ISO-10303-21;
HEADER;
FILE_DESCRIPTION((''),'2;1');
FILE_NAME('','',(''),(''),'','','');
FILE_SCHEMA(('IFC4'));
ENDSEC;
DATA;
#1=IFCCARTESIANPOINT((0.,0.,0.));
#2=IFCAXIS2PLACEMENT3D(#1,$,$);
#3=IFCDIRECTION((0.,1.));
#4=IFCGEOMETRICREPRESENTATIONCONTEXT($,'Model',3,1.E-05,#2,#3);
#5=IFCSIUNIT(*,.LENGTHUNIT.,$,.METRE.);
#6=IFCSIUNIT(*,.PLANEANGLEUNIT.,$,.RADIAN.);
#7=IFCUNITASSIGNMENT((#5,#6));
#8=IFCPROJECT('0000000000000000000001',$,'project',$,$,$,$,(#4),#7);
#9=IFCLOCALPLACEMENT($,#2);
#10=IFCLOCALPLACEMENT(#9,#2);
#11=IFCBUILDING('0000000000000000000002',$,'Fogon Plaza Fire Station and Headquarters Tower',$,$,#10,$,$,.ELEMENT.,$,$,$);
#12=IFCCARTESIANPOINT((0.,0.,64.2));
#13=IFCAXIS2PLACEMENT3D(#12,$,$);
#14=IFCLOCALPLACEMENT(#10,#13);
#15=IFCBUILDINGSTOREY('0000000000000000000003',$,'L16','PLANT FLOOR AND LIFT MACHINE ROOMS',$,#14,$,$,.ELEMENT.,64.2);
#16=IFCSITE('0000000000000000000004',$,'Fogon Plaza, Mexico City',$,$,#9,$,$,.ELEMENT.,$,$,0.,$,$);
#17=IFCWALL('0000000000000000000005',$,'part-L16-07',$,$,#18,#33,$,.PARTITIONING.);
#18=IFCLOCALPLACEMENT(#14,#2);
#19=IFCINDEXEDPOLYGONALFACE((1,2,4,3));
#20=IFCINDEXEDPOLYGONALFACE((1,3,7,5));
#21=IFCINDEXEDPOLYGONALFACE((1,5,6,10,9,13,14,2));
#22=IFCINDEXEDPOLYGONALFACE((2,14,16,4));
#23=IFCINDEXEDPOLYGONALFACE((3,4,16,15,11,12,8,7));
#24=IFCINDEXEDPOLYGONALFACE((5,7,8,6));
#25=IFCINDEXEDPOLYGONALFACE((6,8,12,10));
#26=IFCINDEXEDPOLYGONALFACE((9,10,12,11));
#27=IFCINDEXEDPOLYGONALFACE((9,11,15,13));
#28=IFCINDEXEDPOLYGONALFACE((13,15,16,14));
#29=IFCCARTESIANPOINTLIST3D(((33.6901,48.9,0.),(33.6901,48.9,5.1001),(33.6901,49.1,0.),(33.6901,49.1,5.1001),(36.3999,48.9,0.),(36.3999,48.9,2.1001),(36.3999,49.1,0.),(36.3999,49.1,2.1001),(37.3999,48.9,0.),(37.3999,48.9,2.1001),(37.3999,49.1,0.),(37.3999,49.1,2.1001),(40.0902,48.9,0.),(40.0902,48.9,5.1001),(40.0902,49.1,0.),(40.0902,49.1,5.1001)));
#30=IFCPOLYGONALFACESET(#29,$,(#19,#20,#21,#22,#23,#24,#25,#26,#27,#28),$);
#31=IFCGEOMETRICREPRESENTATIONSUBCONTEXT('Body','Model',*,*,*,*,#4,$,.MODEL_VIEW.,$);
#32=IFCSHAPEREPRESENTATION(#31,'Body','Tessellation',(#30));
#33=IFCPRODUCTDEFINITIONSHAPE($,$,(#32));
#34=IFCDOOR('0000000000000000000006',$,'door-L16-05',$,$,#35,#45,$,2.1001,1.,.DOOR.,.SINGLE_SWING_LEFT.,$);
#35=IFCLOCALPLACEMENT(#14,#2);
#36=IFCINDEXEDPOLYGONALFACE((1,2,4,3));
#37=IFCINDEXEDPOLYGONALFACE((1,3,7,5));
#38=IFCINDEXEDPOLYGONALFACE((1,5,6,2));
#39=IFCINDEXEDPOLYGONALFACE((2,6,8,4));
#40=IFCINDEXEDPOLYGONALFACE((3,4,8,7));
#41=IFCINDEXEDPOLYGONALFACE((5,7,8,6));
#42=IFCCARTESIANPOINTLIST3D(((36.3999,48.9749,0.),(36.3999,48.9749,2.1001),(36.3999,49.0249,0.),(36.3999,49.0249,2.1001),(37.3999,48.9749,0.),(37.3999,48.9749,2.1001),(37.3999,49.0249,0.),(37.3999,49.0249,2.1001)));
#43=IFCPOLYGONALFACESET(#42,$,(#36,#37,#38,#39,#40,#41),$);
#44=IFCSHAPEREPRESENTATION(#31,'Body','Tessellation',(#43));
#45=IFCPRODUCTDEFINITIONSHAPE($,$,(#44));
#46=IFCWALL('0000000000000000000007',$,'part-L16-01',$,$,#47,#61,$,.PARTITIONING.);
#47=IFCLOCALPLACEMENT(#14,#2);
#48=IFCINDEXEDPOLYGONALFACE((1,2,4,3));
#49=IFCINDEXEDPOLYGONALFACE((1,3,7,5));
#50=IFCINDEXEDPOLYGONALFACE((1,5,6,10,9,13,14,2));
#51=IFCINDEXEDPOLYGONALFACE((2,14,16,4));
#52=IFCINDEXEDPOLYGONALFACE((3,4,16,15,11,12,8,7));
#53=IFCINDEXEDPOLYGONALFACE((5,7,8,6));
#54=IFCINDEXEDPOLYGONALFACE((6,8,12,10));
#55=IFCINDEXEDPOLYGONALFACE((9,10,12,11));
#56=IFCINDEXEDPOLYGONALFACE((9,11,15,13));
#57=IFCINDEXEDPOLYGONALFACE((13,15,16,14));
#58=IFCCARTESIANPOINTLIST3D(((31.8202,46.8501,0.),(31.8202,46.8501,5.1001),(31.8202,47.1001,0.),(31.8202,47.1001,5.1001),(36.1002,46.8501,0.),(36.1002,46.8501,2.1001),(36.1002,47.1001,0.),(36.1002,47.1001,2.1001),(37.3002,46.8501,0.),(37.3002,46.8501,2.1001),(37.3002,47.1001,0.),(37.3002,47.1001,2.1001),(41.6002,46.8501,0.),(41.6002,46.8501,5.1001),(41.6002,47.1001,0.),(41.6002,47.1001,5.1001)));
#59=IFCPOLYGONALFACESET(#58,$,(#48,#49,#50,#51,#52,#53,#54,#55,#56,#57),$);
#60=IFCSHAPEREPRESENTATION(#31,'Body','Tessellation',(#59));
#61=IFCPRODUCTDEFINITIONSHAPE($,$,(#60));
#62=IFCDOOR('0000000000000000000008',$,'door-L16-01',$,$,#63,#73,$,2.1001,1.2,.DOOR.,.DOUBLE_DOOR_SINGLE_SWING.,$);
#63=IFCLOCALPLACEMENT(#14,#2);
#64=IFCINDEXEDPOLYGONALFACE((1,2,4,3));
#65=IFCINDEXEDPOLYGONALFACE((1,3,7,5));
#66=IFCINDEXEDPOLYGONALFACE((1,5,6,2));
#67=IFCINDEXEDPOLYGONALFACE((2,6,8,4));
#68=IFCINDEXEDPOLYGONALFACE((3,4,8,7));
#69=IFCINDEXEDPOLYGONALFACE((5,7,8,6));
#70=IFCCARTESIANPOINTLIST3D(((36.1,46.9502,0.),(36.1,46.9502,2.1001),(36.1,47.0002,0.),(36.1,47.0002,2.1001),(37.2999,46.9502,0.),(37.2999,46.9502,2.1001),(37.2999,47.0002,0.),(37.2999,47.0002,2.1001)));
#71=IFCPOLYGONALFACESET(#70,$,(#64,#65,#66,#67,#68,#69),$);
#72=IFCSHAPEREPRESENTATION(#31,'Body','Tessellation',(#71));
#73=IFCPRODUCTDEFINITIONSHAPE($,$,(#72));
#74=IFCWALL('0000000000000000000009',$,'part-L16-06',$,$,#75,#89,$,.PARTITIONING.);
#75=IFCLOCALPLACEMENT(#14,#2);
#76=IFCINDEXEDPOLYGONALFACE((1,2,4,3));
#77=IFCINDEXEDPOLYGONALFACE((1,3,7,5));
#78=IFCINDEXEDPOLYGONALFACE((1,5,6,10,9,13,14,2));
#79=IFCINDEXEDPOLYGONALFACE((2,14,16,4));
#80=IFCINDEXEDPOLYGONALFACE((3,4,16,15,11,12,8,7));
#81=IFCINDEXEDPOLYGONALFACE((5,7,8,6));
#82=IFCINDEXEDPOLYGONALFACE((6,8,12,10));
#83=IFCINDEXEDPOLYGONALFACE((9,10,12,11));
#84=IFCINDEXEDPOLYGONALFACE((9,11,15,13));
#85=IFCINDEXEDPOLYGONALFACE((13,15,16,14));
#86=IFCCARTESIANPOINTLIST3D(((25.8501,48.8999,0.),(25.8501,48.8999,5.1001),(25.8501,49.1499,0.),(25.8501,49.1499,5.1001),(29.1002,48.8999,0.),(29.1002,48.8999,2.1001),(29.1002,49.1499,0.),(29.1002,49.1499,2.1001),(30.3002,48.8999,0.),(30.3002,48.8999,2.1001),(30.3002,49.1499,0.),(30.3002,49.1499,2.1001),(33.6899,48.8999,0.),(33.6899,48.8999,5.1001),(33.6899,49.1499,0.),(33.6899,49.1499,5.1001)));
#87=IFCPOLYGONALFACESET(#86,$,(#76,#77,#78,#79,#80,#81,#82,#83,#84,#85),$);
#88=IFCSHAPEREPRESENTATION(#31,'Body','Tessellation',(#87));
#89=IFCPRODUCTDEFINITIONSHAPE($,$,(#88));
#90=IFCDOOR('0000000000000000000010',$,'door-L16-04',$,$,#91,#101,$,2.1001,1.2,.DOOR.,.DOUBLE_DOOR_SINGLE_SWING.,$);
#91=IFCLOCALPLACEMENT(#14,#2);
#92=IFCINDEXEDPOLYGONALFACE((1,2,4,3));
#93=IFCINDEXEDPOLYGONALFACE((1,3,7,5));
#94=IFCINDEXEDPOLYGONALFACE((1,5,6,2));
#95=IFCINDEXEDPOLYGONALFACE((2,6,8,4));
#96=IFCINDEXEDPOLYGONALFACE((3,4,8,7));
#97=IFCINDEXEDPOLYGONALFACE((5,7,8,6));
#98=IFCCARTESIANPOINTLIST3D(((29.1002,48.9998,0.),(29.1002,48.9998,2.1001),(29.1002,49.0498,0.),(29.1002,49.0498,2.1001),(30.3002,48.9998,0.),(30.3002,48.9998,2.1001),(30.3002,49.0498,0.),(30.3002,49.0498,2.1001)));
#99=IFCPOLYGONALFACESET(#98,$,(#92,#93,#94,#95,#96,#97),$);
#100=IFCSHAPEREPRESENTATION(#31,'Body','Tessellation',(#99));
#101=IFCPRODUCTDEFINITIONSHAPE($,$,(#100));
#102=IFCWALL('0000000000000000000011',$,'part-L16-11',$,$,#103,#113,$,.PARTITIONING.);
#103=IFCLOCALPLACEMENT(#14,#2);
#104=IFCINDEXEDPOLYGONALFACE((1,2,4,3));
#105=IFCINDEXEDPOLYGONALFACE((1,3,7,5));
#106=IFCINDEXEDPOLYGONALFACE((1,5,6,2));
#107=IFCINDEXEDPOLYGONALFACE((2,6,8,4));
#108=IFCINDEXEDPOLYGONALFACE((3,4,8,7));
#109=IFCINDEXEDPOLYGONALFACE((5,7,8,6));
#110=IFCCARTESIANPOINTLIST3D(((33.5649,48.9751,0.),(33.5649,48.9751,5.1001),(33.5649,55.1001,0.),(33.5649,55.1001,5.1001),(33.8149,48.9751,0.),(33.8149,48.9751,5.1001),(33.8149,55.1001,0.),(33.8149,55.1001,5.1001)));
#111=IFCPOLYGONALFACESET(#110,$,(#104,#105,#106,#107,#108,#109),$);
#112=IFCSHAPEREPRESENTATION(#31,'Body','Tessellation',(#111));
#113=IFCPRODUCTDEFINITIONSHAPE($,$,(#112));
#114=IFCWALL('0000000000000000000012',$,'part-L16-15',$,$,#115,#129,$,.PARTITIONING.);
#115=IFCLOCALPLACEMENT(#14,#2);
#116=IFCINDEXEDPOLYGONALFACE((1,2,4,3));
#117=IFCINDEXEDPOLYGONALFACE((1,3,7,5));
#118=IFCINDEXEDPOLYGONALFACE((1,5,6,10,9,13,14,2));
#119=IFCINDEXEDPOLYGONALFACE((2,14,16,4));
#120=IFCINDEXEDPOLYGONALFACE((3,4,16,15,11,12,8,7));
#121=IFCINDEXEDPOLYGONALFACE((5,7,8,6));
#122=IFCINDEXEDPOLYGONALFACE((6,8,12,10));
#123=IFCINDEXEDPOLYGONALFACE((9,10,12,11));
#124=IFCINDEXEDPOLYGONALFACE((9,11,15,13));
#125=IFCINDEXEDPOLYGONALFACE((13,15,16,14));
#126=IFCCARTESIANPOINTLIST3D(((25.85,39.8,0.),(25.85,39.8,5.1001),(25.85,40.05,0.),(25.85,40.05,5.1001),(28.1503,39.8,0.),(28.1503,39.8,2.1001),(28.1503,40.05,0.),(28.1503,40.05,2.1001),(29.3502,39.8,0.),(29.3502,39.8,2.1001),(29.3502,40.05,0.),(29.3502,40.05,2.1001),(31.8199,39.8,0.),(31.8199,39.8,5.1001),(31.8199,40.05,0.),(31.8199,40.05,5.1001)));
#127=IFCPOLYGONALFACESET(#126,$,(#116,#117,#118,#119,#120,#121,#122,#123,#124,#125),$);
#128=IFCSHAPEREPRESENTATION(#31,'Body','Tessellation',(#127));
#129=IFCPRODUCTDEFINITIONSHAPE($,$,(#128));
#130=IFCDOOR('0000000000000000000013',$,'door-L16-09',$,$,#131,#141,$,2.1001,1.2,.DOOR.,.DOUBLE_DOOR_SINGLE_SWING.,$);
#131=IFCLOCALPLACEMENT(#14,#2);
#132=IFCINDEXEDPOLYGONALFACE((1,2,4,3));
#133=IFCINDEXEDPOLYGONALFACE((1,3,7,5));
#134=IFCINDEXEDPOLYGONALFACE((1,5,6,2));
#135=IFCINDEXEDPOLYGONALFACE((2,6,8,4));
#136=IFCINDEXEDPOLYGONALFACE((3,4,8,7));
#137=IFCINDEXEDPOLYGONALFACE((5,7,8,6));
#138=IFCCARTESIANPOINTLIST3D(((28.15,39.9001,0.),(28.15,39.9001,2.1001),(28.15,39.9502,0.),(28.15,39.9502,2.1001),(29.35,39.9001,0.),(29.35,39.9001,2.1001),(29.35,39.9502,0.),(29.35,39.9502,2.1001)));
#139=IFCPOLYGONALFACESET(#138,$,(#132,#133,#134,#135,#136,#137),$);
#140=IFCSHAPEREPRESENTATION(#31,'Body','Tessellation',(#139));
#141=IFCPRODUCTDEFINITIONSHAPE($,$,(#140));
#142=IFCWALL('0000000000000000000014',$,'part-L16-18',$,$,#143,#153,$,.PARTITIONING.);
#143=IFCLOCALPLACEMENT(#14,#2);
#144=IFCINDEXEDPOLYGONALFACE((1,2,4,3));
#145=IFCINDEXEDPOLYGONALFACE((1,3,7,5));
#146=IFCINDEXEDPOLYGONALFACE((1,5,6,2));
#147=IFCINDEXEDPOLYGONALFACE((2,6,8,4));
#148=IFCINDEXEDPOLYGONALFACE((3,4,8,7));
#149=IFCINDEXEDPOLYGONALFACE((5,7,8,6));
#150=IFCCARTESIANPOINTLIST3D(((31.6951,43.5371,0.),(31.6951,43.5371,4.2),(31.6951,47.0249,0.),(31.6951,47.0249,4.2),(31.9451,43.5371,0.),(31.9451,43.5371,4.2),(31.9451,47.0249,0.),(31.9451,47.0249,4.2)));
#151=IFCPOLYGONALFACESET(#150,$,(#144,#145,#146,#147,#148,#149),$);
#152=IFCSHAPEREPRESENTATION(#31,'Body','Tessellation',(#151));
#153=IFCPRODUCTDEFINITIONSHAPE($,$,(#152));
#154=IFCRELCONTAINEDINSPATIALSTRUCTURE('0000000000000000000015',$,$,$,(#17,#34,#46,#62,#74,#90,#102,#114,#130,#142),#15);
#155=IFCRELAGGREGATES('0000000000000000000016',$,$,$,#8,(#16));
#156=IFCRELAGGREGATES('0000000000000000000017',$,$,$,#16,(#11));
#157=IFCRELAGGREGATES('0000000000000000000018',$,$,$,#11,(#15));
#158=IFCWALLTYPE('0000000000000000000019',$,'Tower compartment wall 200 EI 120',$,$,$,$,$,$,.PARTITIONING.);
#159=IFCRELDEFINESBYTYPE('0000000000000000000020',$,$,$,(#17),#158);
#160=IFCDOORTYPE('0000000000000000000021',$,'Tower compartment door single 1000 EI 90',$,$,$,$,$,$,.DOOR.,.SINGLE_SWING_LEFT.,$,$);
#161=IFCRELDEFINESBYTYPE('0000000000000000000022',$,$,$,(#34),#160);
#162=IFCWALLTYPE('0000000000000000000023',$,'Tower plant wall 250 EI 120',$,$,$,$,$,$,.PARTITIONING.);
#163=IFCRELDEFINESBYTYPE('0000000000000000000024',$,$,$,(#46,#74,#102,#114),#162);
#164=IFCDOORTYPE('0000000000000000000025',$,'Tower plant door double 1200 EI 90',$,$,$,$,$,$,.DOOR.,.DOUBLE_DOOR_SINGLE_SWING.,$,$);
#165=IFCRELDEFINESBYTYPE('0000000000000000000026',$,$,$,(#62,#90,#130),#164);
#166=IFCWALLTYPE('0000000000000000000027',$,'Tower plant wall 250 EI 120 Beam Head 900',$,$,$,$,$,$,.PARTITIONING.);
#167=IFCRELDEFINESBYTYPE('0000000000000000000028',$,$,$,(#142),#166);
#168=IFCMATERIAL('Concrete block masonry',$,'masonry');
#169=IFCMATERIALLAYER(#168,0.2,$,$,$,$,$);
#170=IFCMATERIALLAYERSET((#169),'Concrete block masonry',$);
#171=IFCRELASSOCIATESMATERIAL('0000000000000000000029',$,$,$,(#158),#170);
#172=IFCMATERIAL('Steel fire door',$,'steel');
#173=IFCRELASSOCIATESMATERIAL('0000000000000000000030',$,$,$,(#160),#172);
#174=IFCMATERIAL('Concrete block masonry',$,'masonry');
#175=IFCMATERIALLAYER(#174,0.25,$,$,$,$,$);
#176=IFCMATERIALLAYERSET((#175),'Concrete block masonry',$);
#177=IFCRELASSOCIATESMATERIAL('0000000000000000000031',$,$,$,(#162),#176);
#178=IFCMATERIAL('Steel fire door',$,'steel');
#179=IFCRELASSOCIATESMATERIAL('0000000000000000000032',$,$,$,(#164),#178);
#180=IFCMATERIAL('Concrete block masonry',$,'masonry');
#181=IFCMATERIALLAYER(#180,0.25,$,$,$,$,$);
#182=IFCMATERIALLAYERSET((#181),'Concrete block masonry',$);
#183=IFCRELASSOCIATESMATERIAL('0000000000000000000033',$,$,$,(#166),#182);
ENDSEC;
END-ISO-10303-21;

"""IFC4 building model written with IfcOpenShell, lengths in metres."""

from ifc_helpers import new_model, si_unit, direction, frame, frame_2d, origin, place, context, subcontext, project, spatial, rectangle, extrude, material, layer, layer_set, type_object, element, fill, save


model = new_model("IFC4")

# Units and contexts
model_context = context("Model", 3, precision=1e-05, world=origin(), true_north=direction((0.0, 1.0)))
body_context = subcontext(model_context, "Body", "Model", "MODEL_VIEW")
ifc_project = project(units=[si_unit("LENGTHUNIT", "METRE"), si_unit("PLANEANGLEUNIT", "RADIAN")], contexts=[model_context])

# Site, building, storey
site_placement = place(None, origin())
site = spatial("IfcSite", under=ifc_project, at=site_placement, Name="Fogon Plaza, Mexico City", CompositionType="ELEMENT", RefElevation=0.0)
building_placement = place(site_placement, origin())
building = spatial("IfcBuilding", under=site, at=building_placement, Name="Fogon Plaza Fire Station and Headquarters Tower", CompositionType="ELEMENT")
storey_placement = place(building_placement, frame((0.0, 0.0, 64.2)))
storey = spatial("IfcBuildingStorey", under=building, at=storey_placement, Name="L16", Description="PLANT FLOOR AND LIFT MACHINE ROOMS", CompositionType="ELEMENT", Elevation=64.2)

# Walls, openings, doors
ifc_material_1 = material(Name="Concrete block masonry", Category="masonry")
ifc_layer_1 = layer(ifc_material_1, 0.2)
ifc_layer_set_1 = layer_set([ifc_layer_1], Name="Concrete block masonry")
wall_type_1 = type_object("IfcWallType", Name="Tower compartment wall 200 EI 120", PredefinedType="PARTITIONING", material=ifc_layer_set_1)
wall_1_placement = place(storey_placement, frame((33.6899, 49.0, 0.0), z_axis=(0.0, 0.0, 1.0), x_axis=(1.0, 0.0, 0.0)))
wall_1 = element("IfcWall", 1, at=wall_1_placement, inside=storey, type_object=wall_type_1, Name="part-L16-07", PredefinedType="PARTITIONING", context=body_context, shape_type="SweptSolid", body=[
    extrude(rectangle(XDim=6.4001, YDim=0.2, at=frame_2d((3.2002, 0.0))), origin(), (0.0, 0.0, 1.0), 5.1001),
])
opening_1_placement = place(wall_1_placement, frame((2.71, 0.0, 0.0)))
opening_1 = element("IfcOpeningElement", 2, at=opening_1_placement, cuts=wall_1, PredefinedType="OPENING", context=body_context, shape_type="SweptSolid", body=[
    extrude(rectangle(XDim=1.0, YDim=2.1001, at=frame_2d((0.5, 1.05))), frame((0.0, 0.1099, 0.0), z_axis=(0.0, -1.0, 0.0), x_axis=(1.0, 0.0, 0.0)), (0.0, 0.0, 1.0), 0.22),
])
ifc_material_2 = material(Name="Steel fire door", Category="steel")
door_type_1 = type_object("IfcDoorType", Name="Tower compartment door single 1000 EI 90", OperationType="SINGLE_SWING_LEFT", PredefinedType="DOOR", material=ifc_material_2)
door_1_placement = place(opening_1_placement, origin())
door_1 = element("IfcDoor", 3, at=door_1_placement, inside=storey, type_object=door_type_1, Name="door-L16-05", OperationType="SINGLE_SWING_LEFT", OverallHeight=2.1001, OverallWidth=1.0, PredefinedType="DOOR", context=body_context, shape_type="SweptSolid", body=[
    extrude(rectangle(XDim=1.0, YDim=2.1001, at=frame_2d((0.5, 1.05))), frame((0.0, 0.0249, 0.0), z_axis=(0.0, -1.0, 0.0), x_axis=(1.0, 0.0, 0.0)), (0.0, 0.0, 1.0), 0.05),
])
fill(opening_1, door_1)
ifc_material_3 = material(Name="Concrete block masonry", Category="masonry")
ifc_layer_2 = layer(ifc_material_3, 0.25)
ifc_layer_set_2 = layer_set([ifc_layer_2], Name="Concrete block masonry")
wall_type_2 = type_object("IfcWallType", Name="Tower plant wall 250 EI 120", PredefinedType="PARTITIONING", material=ifc_layer_set_2)
wall_2_placement = place(storey_placement, frame((31.8201, 46.9751, 0.0), z_axis=(0.0, 0.0, 1.0), x_axis=(1.0, 0.0, 0.0)))
wall_2 = element("IfcWall", 4, at=wall_2_placement, inside=storey, type_object=wall_type_2, Name="part-L16-01", PredefinedType="PARTITIONING", context=body_context, shape_type="SweptSolid", body=[
    extrude(rectangle(XDim=9.78, YDim=0.25, at=frame_2d((4.8901, 0.0))), origin(), (0.0, 0.0, 1.0), 5.1001),
])
opening_2_placement = place(wall_2_placement, frame((4.28, 0.0, 0.0)))
opening_2 = element("IfcOpeningElement", 5, at=opening_2_placement, cuts=wall_2, PredefinedType="OPENING", context=body_context, shape_type="SweptSolid", body=[
    extrude(rectangle(XDim=1.2, YDim=2.1001, at=frame_2d((0.6001, 1.05))), frame((0.0, 0.135, 0.0), z_axis=(0.0, -1.0, 0.0), x_axis=(1.0, 0.0, 0.0)), (0.0, 0.0, 1.0), 0.27),
])
ifc_material_4 = material(Name="Steel fire door", Category="steel")
door_type_2 = type_object("IfcDoorType", Name="Tower plant door double 1200 EI 90", OperationType="DOUBLE_DOOR_SINGLE_SWING", PredefinedType="DOOR", material=ifc_material_4)
door_2_placement = place(opening_2_placement, frame((1.2, 0.0, 0.0), z_axis=(0.0, 0.0, 1.0), x_axis=(-1.0, 0.0, 0.0)))
door_2 = element("IfcDoor", 6, at=door_2_placement, inside=storey, type_object=door_type_2, Name="door-L16-01", OperationType="DOUBLE_DOOR_SINGLE_SWING", OverallHeight=2.1001, OverallWidth=1.2, PredefinedType="DOOR", context=body_context, shape_type="SweptSolid", body=[
    extrude(rectangle(XDim=1.2, YDim=2.1001, at=frame_2d((0.6001, 1.05))), frame((0.0, 0.0249, 0.0), z_axis=(0.0, -1.0, 0.0), x_axis=(1.0, 0.0, 0.0)), (0.0, 0.0, 1.0), 0.05),
])
fill(opening_2, door_2)
wall_3_placement = place(storey_placement, frame((25.8501, 49.0249, 0.0), z_axis=(0.0, 0.0, 1.0), x_axis=(1.0, 0.0, 0.0)))
wall_3 = element("IfcWall", 7, at=wall_3_placement, inside=storey, type_object=wall_type_2, Name="part-L16-06", PredefinedType="PARTITIONING", context=body_context, shape_type="SweptSolid", body=[
    extrude(rectangle(XDim=7.8398, YDim=0.25, at=frame_2d((3.9199, 0.0))), origin(), (0.0, 0.0, 1.0), 5.1001),
])
opening_3_placement = place(wall_3_placement, frame((3.25, 0.0, 0.0)))
opening_3 = element("IfcOpeningElement", 8, at=opening_3_placement, cuts=wall_3, PredefinedType="OPENING", context=body_context, shape_type="SweptSolid", body=[
    extrude(rectangle(XDim=1.2, YDim=2.1001, at=frame_2d((0.6001, 1.05))), frame((0.0, 0.135, 0.0), z_axis=(0.0, -1.0, 0.0), x_axis=(1.0, 0.0, 0.0)), (0.0, 0.0, 1.0), 0.27),
])
door_3_placement = place(opening_3_placement, origin())
door_3 = element("IfcDoor", 9, at=door_3_placement, inside=storey, type_object=door_type_2, Name="door-L16-04", OperationType="DOUBLE_DOOR_SINGLE_SWING", OverallHeight=2.1001, OverallWidth=1.2, PredefinedType="DOOR", context=body_context, shape_type="SweptSolid", body=[
    extrude(rectangle(XDim=1.2, YDim=2.1001, at=frame_2d((0.6001, 1.05))), frame((0.0, 0.0249, 0.0), z_axis=(0.0, -1.0, 0.0), x_axis=(1.0, 0.0, 0.0)), (0.0, 0.0, 1.0), 0.05),
])
fill(opening_3, door_3)

# Wall
wall_4_placement = place(storey_placement, frame((33.6899, 48.9751, 0.0), z_axis=(0.0, 0.0, 1.0), x_axis=(0.0, 1.0, 0.0)))
element("IfcWall", 10, at=wall_4_placement, inside=storey, type_object=wall_type_2, Name="part-L16-11", PredefinedType="PARTITIONING", context=body_context, shape_type="SweptSolid", body=[
    extrude(rectangle(XDim=6.125, YDim=0.25, at=frame_2d((3.0625, 0.0))), origin(), (0.0, 0.0, 1.0), 5.1001),
])

# Wall, opening, door
wall_5_placement = place(storey_placement, frame((25.8501, 39.925, 0.0), z_axis=(0.0, 0.0, 1.0), x_axis=(1.0, 0.0, 0.0)))
wall_5 = element("IfcWall", 11, at=wall_5_placement, inside=storey, type_object=wall_type_2, Name="part-L16-15", PredefinedType="PARTITIONING", context=body_context, shape_type="SweptSolid", body=[
    extrude(rectangle(XDim=5.97, YDim=0.25, at=frame_2d((2.9849, 0.0))), origin(), (0.0, 0.0, 1.0), 5.1001),
])
opening_4_placement = place(wall_5_placement, frame((2.3, 0.0, 0.0)))
opening_4 = element("IfcOpeningElement", 12, at=opening_4_placement, cuts=wall_5, PredefinedType="OPENING", context=body_context, shape_type="SweptSolid", body=[
    extrude(rectangle(XDim=1.2, YDim=2.1001, at=frame_2d((0.6001, 1.05))), frame((0.0, 0.135, 0.0), z_axis=(0.0, -1.0, 0.0), x_axis=(1.0, 0.0, 0.0)), (0.0, 0.0, 1.0), 0.27),
])
door_4_placement = place(opening_4_placement, frame((1.2, 0.0, 0.0), z_axis=(0.0, 0.0, 1.0), x_axis=(-1.0, 0.0, 0.0)))
door_4 = element("IfcDoor", 13, at=door_4_placement, inside=storey, type_object=door_type_2, Name="door-L16-09", OperationType="DOUBLE_DOOR_SINGLE_SWING", OverallHeight=2.1001, OverallWidth=1.2, PredefinedType="DOOR", context=body_context, shape_type="SweptSolid", body=[
    extrude(rectangle(XDim=1.2, YDim=2.1001, at=frame_2d((0.6001, 1.05))), frame((0.0, 0.0249, 0.0), z_axis=(0.0, -1.0, 0.0), x_axis=(1.0, 0.0, 0.0)), (0.0, 0.0, 1.0), 0.05),
])
fill(opening_4, door_4)

# Wall
ifc_material_5 = material(Name="Concrete block masonry", Category="masonry")
ifc_layer_3 = layer(ifc_material_5, 0.25)
ifc_layer_set_3 = layer_set([ifc_layer_3], Name="Concrete block masonry")
wall_type_3 = type_object("IfcWallType", Name="Tower plant wall 250 EI 120 Beam Head 900", PredefinedType="PARTITIONING", material=ifc_layer_set_3)
wall_6_placement = place(storey_placement, frame((31.8201, 43.5371, 0.0), z_axis=(0.0, 0.0, 1.0), x_axis=(0.0, 1.0, 0.0)))
element("IfcWall", 14, at=wall_6_placement, inside=storey, type_object=wall_type_3, Name="part-L16-18", PredefinedType="PARTITIONING", context=body_context, shape_type="SweptSolid", body=[
    extrude(rectangle(XDim=3.4878, YDim=0.25, at=frame_2d((1.7439, 0.0))), origin(), (0.0, 0.0, 1.0), 4.2),
])

save(model, "model.ifc")
